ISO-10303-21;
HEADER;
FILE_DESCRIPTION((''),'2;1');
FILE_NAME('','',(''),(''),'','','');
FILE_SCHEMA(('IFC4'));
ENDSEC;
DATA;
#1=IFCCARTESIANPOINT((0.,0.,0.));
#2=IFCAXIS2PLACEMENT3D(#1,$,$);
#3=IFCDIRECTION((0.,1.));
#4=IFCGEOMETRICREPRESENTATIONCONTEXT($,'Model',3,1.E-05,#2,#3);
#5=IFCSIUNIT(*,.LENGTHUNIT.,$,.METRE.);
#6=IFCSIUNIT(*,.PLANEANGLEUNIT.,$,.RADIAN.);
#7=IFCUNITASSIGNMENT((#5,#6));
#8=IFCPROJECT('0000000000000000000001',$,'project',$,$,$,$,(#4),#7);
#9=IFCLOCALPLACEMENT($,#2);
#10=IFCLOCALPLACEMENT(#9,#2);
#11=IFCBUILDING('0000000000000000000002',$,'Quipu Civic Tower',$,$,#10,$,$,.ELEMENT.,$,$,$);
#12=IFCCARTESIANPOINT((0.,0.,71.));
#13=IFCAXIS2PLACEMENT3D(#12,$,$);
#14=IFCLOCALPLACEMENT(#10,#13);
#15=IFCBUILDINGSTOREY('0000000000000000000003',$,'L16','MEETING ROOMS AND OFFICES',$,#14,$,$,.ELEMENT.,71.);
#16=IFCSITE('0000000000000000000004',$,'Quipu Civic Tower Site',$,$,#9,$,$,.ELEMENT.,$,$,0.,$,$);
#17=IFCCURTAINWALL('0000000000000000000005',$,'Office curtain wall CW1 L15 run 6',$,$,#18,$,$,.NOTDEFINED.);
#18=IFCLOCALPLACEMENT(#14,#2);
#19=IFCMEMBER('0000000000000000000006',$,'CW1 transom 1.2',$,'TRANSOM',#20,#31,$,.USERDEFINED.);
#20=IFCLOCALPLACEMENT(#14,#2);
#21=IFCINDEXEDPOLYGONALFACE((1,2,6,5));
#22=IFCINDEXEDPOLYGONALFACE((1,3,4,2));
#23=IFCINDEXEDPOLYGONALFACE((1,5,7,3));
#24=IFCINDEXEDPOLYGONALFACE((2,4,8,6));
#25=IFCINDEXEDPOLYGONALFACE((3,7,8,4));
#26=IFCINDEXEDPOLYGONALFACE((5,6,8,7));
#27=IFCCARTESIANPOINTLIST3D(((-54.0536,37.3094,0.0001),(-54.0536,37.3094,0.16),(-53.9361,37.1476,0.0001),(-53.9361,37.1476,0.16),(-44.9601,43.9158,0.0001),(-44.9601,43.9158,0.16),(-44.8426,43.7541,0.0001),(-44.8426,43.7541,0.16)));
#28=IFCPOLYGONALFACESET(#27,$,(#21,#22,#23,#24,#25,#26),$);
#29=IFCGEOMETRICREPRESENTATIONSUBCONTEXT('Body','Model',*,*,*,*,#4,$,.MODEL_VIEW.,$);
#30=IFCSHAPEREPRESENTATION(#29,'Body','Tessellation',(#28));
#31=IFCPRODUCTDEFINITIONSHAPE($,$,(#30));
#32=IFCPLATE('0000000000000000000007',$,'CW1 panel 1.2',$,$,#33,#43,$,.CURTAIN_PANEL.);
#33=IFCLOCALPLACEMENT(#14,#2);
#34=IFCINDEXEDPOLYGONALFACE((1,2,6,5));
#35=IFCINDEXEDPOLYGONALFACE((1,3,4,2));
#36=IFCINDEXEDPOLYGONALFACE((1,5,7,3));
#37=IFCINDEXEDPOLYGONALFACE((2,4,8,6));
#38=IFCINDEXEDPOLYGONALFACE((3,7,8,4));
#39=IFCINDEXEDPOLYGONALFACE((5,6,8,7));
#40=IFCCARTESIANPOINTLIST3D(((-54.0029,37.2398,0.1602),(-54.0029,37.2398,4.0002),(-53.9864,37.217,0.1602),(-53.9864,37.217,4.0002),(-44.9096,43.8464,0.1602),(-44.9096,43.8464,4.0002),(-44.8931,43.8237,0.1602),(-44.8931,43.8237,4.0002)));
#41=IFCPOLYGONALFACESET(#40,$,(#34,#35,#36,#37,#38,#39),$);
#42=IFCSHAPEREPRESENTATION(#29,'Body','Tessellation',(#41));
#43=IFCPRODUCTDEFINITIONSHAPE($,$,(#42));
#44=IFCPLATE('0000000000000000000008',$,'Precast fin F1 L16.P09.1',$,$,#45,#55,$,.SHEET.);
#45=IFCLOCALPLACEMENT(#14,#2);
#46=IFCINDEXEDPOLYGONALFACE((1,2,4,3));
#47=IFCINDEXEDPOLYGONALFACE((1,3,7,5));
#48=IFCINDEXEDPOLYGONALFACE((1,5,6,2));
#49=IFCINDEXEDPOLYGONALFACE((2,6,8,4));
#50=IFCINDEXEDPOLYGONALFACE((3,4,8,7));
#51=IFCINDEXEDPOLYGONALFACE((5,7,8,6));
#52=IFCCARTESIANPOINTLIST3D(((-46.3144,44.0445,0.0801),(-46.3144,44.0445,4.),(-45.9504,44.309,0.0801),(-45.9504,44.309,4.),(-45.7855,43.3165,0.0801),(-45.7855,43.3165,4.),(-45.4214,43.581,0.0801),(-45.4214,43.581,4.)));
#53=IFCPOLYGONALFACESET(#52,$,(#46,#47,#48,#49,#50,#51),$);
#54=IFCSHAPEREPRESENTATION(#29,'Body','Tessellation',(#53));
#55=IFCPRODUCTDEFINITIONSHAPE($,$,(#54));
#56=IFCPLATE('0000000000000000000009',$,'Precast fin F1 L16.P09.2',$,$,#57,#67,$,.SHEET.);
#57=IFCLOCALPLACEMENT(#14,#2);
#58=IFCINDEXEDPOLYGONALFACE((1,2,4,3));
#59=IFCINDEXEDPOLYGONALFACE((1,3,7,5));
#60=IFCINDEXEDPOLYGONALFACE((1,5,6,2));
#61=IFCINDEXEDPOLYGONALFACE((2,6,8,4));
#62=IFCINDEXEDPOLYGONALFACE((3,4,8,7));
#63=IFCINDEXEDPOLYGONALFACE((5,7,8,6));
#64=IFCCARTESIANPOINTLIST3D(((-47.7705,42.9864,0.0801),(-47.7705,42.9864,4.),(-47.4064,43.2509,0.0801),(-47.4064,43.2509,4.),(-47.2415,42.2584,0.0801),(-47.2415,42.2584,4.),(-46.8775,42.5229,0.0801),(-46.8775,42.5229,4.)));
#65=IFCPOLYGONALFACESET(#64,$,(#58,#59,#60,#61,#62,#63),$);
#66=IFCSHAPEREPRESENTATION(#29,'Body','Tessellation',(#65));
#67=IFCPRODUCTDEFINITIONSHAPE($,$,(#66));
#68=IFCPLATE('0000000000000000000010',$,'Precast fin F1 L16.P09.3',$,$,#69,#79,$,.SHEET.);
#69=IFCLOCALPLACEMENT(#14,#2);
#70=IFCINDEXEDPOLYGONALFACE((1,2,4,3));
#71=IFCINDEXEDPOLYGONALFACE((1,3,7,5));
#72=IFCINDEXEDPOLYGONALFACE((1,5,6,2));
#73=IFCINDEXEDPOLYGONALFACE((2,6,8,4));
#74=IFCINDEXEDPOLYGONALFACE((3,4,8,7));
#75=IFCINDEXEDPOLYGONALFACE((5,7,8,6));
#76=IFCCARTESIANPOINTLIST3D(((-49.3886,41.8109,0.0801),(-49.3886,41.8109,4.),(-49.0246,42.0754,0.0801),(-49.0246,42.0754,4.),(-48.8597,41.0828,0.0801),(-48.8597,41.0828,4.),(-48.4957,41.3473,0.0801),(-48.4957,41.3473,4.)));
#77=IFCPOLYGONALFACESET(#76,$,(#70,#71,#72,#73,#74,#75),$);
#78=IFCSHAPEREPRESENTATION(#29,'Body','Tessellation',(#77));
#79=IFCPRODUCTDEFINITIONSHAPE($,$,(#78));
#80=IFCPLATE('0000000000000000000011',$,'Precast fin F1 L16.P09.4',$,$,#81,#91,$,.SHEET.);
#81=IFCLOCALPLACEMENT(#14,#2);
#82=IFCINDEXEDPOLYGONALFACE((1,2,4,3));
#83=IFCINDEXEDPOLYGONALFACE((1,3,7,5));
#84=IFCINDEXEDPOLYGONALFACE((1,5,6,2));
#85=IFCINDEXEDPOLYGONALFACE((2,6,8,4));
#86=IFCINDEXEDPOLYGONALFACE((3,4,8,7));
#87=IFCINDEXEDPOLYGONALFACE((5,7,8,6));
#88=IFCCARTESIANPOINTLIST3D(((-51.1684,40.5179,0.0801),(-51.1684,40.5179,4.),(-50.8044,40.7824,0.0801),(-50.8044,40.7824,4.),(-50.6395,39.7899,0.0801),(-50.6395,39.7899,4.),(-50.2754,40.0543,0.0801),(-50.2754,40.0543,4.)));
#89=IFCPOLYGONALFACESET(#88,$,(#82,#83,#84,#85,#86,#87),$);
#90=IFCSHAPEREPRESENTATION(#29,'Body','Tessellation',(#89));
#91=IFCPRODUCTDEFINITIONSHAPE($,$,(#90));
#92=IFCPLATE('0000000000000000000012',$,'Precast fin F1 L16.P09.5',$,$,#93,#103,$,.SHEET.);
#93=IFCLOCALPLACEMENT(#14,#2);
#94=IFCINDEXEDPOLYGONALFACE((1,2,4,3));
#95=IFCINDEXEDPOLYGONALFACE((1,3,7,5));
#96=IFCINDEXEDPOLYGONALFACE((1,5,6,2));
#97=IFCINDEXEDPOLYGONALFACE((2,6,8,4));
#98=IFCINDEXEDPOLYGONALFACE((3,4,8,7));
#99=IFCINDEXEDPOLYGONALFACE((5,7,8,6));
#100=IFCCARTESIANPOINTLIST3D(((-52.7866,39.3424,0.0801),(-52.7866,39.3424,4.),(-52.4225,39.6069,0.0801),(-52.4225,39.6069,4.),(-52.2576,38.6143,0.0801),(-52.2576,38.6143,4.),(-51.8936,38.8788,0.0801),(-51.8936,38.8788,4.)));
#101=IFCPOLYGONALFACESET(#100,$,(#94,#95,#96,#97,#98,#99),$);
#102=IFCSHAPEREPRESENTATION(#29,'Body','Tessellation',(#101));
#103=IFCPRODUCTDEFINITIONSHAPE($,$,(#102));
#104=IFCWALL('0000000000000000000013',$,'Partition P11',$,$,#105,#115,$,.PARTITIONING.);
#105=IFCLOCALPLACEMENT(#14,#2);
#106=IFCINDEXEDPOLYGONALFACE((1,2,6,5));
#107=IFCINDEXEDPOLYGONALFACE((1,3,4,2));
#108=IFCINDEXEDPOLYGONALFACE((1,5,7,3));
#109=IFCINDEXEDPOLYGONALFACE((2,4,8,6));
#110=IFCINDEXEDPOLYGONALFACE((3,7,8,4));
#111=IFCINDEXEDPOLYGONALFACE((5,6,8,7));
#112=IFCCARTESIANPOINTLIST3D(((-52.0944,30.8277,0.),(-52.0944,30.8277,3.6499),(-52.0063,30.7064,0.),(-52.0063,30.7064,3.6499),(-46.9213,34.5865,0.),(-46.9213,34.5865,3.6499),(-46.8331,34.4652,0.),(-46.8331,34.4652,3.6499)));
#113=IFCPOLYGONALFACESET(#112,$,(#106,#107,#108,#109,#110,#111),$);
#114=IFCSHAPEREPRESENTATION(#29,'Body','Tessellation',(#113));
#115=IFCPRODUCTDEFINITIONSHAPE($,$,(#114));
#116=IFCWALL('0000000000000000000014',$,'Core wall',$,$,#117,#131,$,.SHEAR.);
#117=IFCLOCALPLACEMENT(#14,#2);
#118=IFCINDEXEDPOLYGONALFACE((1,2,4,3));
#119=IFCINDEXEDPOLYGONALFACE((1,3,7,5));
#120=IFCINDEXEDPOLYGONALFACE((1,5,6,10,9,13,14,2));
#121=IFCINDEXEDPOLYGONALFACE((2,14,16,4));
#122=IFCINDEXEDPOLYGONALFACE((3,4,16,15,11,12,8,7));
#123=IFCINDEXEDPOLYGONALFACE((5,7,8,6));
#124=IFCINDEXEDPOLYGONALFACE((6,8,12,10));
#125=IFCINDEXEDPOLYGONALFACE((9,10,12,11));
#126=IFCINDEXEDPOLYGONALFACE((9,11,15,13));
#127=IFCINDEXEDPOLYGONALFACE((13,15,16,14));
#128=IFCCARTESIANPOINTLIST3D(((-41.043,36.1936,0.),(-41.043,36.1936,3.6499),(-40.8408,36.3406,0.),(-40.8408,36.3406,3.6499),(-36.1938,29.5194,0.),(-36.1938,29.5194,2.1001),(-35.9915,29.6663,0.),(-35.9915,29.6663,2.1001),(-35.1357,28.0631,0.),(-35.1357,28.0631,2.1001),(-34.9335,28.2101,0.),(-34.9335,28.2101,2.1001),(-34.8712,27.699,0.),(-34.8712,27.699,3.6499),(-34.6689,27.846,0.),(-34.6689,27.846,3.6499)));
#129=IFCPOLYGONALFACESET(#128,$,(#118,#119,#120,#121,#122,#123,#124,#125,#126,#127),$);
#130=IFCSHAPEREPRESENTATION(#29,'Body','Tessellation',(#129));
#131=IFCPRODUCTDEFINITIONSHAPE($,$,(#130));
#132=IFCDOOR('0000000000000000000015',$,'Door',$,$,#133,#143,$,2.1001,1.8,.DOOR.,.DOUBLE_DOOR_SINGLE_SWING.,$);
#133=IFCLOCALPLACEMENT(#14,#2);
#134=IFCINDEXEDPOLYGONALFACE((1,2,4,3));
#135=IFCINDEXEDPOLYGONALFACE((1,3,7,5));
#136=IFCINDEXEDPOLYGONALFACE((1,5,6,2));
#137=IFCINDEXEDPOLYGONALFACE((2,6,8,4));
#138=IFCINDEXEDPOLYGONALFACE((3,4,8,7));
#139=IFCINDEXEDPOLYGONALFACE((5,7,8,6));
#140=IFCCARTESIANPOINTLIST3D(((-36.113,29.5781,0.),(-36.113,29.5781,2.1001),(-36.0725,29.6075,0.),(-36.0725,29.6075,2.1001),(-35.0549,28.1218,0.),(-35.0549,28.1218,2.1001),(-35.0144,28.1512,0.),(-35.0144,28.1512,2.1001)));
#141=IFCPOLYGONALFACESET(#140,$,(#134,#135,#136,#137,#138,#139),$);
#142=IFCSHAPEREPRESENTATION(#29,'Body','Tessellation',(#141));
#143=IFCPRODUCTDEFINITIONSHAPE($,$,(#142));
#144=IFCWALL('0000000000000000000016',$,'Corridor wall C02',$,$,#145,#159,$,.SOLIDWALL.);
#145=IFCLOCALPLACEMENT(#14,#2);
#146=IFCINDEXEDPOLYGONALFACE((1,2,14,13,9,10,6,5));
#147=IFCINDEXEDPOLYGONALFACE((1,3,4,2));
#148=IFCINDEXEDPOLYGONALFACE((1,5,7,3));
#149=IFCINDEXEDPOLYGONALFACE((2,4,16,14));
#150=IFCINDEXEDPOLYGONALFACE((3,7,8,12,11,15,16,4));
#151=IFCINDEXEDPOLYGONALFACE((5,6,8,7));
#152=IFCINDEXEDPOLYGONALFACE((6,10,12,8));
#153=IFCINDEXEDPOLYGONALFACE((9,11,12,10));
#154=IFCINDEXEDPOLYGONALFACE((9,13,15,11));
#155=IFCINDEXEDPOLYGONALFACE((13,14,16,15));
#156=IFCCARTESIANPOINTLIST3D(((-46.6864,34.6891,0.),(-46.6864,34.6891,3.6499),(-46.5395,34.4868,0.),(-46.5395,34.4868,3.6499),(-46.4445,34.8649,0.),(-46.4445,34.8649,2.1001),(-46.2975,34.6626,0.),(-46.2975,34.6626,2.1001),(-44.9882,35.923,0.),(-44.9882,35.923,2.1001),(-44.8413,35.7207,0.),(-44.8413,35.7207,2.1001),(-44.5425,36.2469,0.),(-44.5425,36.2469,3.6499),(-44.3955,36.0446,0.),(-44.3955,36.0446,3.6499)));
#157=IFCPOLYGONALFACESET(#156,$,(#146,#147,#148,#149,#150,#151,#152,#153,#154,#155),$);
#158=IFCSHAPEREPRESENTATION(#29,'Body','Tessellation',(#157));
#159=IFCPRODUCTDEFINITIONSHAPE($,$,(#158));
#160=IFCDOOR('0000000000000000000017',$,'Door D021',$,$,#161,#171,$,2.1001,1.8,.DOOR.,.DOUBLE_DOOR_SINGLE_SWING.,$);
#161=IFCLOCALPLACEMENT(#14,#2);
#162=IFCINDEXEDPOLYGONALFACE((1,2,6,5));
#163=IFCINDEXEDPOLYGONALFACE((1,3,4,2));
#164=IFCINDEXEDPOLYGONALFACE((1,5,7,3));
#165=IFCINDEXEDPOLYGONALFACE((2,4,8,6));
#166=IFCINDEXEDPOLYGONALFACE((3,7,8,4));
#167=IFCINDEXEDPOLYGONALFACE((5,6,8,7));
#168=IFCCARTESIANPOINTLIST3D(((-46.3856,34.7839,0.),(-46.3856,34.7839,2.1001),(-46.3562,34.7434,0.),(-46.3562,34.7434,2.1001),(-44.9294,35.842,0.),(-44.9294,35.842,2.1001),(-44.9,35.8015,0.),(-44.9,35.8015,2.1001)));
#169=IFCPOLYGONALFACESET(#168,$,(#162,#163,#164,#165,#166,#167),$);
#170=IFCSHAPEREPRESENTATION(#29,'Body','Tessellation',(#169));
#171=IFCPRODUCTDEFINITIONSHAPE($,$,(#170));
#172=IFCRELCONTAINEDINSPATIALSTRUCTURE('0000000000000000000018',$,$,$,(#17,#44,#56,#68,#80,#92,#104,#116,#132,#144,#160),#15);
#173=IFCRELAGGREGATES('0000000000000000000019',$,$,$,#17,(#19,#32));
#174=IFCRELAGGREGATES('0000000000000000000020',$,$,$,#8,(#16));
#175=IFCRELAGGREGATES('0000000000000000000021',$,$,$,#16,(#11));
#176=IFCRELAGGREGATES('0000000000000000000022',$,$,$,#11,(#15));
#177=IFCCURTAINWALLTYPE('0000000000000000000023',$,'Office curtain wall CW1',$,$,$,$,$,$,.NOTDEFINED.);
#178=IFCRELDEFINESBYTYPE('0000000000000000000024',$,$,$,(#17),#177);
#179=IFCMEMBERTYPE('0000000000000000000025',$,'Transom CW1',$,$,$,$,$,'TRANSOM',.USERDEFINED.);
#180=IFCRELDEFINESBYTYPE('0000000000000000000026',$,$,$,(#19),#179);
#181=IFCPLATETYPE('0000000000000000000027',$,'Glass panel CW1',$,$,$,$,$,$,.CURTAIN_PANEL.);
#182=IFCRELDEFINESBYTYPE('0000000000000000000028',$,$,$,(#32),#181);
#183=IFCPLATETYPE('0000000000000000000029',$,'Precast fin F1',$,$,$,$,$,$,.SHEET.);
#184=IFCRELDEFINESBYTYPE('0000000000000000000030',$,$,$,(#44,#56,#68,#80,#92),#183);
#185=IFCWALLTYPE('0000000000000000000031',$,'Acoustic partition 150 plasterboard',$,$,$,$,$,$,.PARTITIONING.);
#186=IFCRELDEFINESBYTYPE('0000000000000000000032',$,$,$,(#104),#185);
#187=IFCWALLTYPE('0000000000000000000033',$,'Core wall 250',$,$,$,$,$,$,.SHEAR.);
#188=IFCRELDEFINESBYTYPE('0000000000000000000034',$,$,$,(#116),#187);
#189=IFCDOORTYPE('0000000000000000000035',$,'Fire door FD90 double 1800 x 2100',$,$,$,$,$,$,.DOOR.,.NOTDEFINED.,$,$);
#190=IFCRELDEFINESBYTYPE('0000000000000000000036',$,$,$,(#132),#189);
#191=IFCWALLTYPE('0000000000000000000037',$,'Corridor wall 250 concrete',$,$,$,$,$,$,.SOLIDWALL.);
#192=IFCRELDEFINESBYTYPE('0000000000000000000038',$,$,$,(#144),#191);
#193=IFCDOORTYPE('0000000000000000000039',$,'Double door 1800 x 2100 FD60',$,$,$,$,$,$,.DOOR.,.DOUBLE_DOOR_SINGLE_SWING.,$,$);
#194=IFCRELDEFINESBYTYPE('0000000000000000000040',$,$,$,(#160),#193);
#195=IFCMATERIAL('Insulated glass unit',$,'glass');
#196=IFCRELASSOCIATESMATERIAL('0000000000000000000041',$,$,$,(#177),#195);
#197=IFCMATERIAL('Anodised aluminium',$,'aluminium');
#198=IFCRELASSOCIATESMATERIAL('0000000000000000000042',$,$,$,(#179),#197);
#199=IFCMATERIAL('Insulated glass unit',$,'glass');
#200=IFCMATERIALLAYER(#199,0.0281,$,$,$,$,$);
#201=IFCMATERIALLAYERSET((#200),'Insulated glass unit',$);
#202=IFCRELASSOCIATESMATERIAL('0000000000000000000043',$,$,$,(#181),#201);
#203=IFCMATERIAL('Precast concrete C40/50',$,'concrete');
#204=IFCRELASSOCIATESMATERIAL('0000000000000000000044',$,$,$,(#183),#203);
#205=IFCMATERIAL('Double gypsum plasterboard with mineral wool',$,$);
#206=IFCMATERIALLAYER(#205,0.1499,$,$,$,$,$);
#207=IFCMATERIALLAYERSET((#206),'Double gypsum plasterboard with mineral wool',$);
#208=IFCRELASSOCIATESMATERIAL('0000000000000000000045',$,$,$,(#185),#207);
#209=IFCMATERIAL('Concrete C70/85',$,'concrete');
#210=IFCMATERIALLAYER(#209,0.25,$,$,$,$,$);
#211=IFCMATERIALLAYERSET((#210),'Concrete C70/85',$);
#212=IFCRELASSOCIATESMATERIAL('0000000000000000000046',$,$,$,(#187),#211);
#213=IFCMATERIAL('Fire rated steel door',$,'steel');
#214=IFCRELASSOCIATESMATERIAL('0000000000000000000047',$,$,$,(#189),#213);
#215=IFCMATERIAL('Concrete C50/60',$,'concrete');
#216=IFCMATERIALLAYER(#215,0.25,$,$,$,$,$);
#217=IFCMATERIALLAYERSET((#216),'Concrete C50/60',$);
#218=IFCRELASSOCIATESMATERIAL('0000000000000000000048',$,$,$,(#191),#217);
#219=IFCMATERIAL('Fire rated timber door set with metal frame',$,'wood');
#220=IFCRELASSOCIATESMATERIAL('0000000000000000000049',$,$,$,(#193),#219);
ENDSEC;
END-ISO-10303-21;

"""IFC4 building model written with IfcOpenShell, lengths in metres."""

from ifc_helpers import new_model, si_unit, direction, frame, frame_2d, origin, origin_2d, place, context, subcontext, project, spatial, rectangle, extrude, material, layer, layer_set, material_profile, profile_set, type_object, element, fill, aggregate, save


model = new_model("IFC4")

# Units and contexts
model_context = context("Model", 3, precision=1e-05, world=origin(), true_north=direction((0.0, 1.0)))
body_context = subcontext(model_context, "Body", "Model", "MODEL_VIEW")
ifc_project = project(units=[si_unit("LENGTHUNIT", "METRE"), si_unit("PLANEANGLEUNIT", "RADIAN")], contexts=[model_context])

# Site, building, storey
site_placement = place(None, origin())
site = spatial("IfcSite", under=ifc_project, at=site_placement, Name="Quipu Civic Tower Site", CompositionType="ELEMENT", RefElevation=0.0)
building_placement = place(site_placement, origin())
building = spatial("IfcBuilding", under=site, at=building_placement, Name="Quipu Civic Tower", CompositionType="ELEMENT")
storey_placement = place(building_placement, frame((0.0, 0.0, 71.0)))
storey = spatial("IfcBuildingStorey", under=building, at=storey_placement, Name="L16", Description="MEETING ROOMS AND OFFICES", CompositionType="ELEMENT", Elevation=71.0)

# Curtain wall
ifc_material_1 = material(Name="Insulated glass unit", Category="glass")
curtain_wall_type = type_object("IfcCurtainWallType", Name="Office curtain wall CW1", PredefinedType="NOTDEFINED", material=ifc_material_1)
curtain_wall_placement = place(storey_placement, origin())
curtain_wall = element("IfcCurtainWall", 1, at=curtain_wall_placement, inside=storey, type_object=curtain_wall_type, Name="Office curtain wall CW1 L15 run 6", PredefinedType="NOTDEFINED")

# Member
ifc_material_2 = material(Name="Anodised aluminium", Category="aluminium")
ifc_material_profile_1 = material_profile(ifc_material_2, rectangle(XDim=0.2, YDim=0.1599, at=origin_2d()), Name="RECT 200x160")
ifc_profile_set_1 = profile_set([ifc_material_profile_1], Name="Anodised aluminium")
member_type_1 = type_object("IfcMemberType", Name="Transom CW1", ElementType="TRANSOM", PredefinedType="USERDEFINED", material=ifc_profile_set_1)
member_1_placement = place(storey_placement, frame((-44.9014, 43.835, 0.0801), z_axis=(-0.809033, -0.587764, 0.0), x_axis=(0.587764, -0.809033, 0.0)))
member_1 = element("IfcMember", 2, at=member_1_placement, type_object=member_type_1, Name="CW1 transom 1.2", ObjectType="TRANSOM", PredefinedType="USERDEFINED", context=body_context, shape_type="SweptSolid", body=[
    extrude(rectangle(XDim=0.2, YDim=0.1599, at=origin_2d()), origin(), (0.0, 0.0, 1.0), 11.24),
])

# Plate
ifc_material_3 = material(Name="Insulated glass unit", Category="glass")
ifc_layer_1 = layer(ifc_material_3, 0.0281)
ifc_layer_set_1 = layer_set([ifc_layer_1], Name="Insulated glass unit")
plate_type_1 = type_object("IfcPlateType", Name="Glass panel CW1", PredefinedType="CURTAIN_PANEL", material=ifc_layer_set_1)
plate_placement = place(storey_placement, frame((-49.448, 40.5317, 0.1602), z_axis=(0.0, 0.0, 1.0), x_axis=(-0.809019, -0.587782, 0.0)))
plate = element("IfcPlate", 3, at=plate_placement, type_object=plate_type_1, Name="CW1 panel 1.2", PredefinedType="CURTAIN_PANEL", context=body_context, shape_type="SweptSolid", body=[
    extrude(rectangle(XDim=11.24, YDim=0.0281, at=origin_2d()), origin(), (0.0, 0.0, 1.0), 3.8401),
])
aggregate(curtain_wall, [member_1, plate])

# Plates
ifc_material_4 = material(Name="Precast concrete C40/50", Category="concrete")
plate_type_2 = type_object("IfcPlateType", Name="Precast fin F1", PredefinedType="SHEET", material=ifc_material_4)
for number, where, z_axis, x_axis, name in (
    (4, (-45.8679, 43.8127, 0.0801), (0.0, 0.0, 1.0), (-0.809021, -0.587779, 0.0), "Precast fin F1 L16.P09.1"),
    (5, (-47.324, 42.7546, 0.0801), (0.0, 0.0, 1.0), (-0.809021, -0.587779, 0.0), "Precast fin F1 L16.P09.2"),
    (6, (-48.9421, 41.5791, 0.0801), (0.0, 0.0, 1.0), (-0.809021, -0.587779, 0.0), "Precast fin F1 L16.P09.3"),
    (7, (-50.7219, 40.2861, 0.0801), (0.0, 0.0, 1.0), (-0.809021, -0.587779, 0.0), "Precast fin F1 L16.P09.4"),
    (8, (-52.3401, 39.1106, 0.0801), (0.0, 0.0, 1.0), (-0.809021, -0.587779, 0.0), "Precast fin F1 L16.P09.5"),
):
    element("IfcPlate", number, at=place(storey_placement, frame(where, z_axis=z_axis, x_axis=x_axis)), inside=storey, type_object=plate_type_2, Name=name, PredefinedType="SHEET", context=body_context, shape_type="SweptSolid", body=[
        extrude(rectangle(XDim=0.45, YDim=0.8999, at=origin_2d()), origin(), (0.0, 0.0, 1.0), 3.9199),
    ])

# Wall
ifc_material_5 = material(Name="Double gypsum plasterboard with mineral wool")
ifc_layer_2 = layer(ifc_material_5, 0.1499)
ifc_layer_set_2 = layer_set([ifc_layer_2], Name="Double gypsum plasterboard with mineral wool")
wall_type_1 = type_object("IfcWallType", Name="Acoustic partition 150 plasterboard", PredefinedType="PARTITIONING", material=ifc_layer_set_2)
wall_1_placement = place(storey_placement, frame((-46.8772, 34.5259, 0.0), z_axis=(0.0, 0.0, 1.0), x_axis=(-0.808994, -0.587817, 0.0)))
element("IfcWall", 9, at=wall_1_placement, inside=storey, type_object=wall_type_1, Name="Partition P11", PredefinedType="PARTITIONING", context=body_context, shape_type="SweptSolid", body=[
    extrude(rectangle(XDim=6.3945, YDim=0.1499, at=frame_2d((3.1973, 0.0))), origin(), (0.0, 0.0, 1.0), 3.6499),
])

# Walls, openings, doors
ifc_material_6 = material(Name="Concrete C70/85", Category="concrete")
ifc_layer_3 = layer(ifc_material_6, 0.25)
ifc_layer_set_3 = layer_set([ifc_layer_3], Name="Concrete C70/85")
wall_type_2 = type_object("IfcWallType", Name="Core wall 250", PredefinedType="SHEAR", material=ifc_layer_set_3)
wall_2_placement = place(storey_placement, frame((-40.9419, 36.2671, 0.0), z_axis=(0.0, 0.0, 1.0), x_axis=(0.587796, -0.809009, 0.0)))
wall_2 = element("IfcWall", 10, at=wall_2_placement, inside=storey, type_object=wall_type_2, Name="Core wall", PredefinedType="SHEAR", context=body_context, shape_type="SweptSolid", body=[
    extrude(rectangle(XDim=10.5, YDim=0.25, at=frame_2d((5.25, 0.0))), origin(), (0.0, 0.0, 1.0), 3.6499),
])
opening_1_placement = place(wall_2_placement, frame((8.25, 0.0, 0.0)))
opening_1 = element("IfcOpeningElement", 11, at=opening_1_placement, cuts=wall_2, PredefinedType="OPENING", context=body_context, shape_type="SweptSolid", body=[
    extrude(rectangle(XDim=1.8, YDim=2.1001, at=frame_2d((0.8999, 1.05))), frame((0.0, 0.135, 0.0), z_axis=(0.0, -1.0, 0.0), x_axis=(1.0, 0.0, 0.0)), (0.0, 0.0, 1.0), 0.27),
])
ifc_material_7 = material(Name="Fire rated steel door", Category="steel")
door_type_1 = type_object("IfcDoorType", Name="Fire door FD90 double 1800 x 2100", OperationType="NOTDEFINED", PredefinedType="DOOR", material=ifc_material_7)
door_1_placement = place(opening_1_placement, origin())
door_1 = element("IfcDoor", 12, at=door_1_placement, inside=storey, type_object=door_type_1, Name="Door", OperationType="DOUBLE_DOOR_SINGLE_SWING", OverallHeight=2.1001, OverallWidth=1.8, PredefinedType="DOOR", context=body_context, shape_type="SweptSolid", body=[
    extrude(rectangle(XDim=1.8, YDim=2.1001, at=frame_2d((0.8999, 1.05))), frame((0.0, 0.0249, 0.0), z_axis=(0.0, -1.0, 0.0), x_axis=(1.0, 0.0, 0.0)), (0.0, 0.0, 1.0), 0.05),
])
fill(opening_1, door_1)
ifc_material_8 = material(Name="Concrete C50/60", Category="concrete")
ifc_layer_4 = layer(ifc_material_8, 0.25)
ifc_layer_set_4 = layer_set([ifc_layer_4], Name="Concrete C50/60")
wall_type_3 = type_object("IfcWallType", Name="Corridor wall 250 concrete", PredefinedType="SOLIDWALL", material=ifc_layer_set_4)
wall_3_placement = place(storey_placement, frame((-46.613, 34.5879, 0.0), z_axis=(0.0, 0.0, 1.0), x_axis=(0.808995, 0.587816, 0.0)))
wall_3 = element("IfcWall", 13, at=wall_3_placement, inside=storey, type_object=wall_type_3, Name="Corridor wall C02", PredefinedType="SOLIDWALL", context=body_context, shape_type="SweptSolid", body=[
    extrude(rectangle(XDim=2.6501, YDim=0.25, at=frame_2d((1.3252, 0.0))), origin(), (0.0, 0.0, 1.0), 3.6499),
])
opening_2_placement = place(wall_3_placement, frame((0.2993, 0.0, 0.0)))
opening_2 = element("IfcOpeningElement", 14, at=opening_2_placement, cuts=wall_3, PredefinedType="OPENING", context=body_context, shape_type="SweptSolid", body=[
    extrude(rectangle(XDim=1.8, YDim=2.1001, at=frame_2d((0.8999, 1.05))), frame((0.0, 0.135, 0.0), z_axis=(0.0, -1.0, 0.0), x_axis=(1.0, 0.0, 0.0)), (0.0, 0.0, 1.0), 0.27),
])
ifc_material_9 = material(Name="Fire rated timber door set with metal frame", Category="wood")
door_type_2 = type_object("IfcDoorType", Name="Double door 1800 x 2100 FD60", OperationType="DOUBLE_DOOR_SINGLE_SWING", PredefinedType="DOOR", material=ifc_material_9)
door_2_placement = place(opening_2_placement, origin())
door_2 = element("IfcDoor", 15, at=door_2_placement, inside=storey, type_object=door_type_2, Name="Door D021", OperationType="DOUBLE_DOOR_SINGLE_SWING", OverallHeight=2.1001, OverallWidth=1.8, PredefinedType="DOOR", context=body_context, shape_type="SweptSolid", body=[
    extrude(rectangle(XDim=1.8, YDim=2.1001, at=frame_2d((0.8999, 1.05))), frame((0.0, 0.0249, 0.0), z_axis=(0.0, -1.0, 0.0), x_axis=(1.0, 0.0, 0.0)), (0.0, 0.0, 1.0), 0.05),
])
fill(opening_2, door_2)

save(model, "model.ifc")
